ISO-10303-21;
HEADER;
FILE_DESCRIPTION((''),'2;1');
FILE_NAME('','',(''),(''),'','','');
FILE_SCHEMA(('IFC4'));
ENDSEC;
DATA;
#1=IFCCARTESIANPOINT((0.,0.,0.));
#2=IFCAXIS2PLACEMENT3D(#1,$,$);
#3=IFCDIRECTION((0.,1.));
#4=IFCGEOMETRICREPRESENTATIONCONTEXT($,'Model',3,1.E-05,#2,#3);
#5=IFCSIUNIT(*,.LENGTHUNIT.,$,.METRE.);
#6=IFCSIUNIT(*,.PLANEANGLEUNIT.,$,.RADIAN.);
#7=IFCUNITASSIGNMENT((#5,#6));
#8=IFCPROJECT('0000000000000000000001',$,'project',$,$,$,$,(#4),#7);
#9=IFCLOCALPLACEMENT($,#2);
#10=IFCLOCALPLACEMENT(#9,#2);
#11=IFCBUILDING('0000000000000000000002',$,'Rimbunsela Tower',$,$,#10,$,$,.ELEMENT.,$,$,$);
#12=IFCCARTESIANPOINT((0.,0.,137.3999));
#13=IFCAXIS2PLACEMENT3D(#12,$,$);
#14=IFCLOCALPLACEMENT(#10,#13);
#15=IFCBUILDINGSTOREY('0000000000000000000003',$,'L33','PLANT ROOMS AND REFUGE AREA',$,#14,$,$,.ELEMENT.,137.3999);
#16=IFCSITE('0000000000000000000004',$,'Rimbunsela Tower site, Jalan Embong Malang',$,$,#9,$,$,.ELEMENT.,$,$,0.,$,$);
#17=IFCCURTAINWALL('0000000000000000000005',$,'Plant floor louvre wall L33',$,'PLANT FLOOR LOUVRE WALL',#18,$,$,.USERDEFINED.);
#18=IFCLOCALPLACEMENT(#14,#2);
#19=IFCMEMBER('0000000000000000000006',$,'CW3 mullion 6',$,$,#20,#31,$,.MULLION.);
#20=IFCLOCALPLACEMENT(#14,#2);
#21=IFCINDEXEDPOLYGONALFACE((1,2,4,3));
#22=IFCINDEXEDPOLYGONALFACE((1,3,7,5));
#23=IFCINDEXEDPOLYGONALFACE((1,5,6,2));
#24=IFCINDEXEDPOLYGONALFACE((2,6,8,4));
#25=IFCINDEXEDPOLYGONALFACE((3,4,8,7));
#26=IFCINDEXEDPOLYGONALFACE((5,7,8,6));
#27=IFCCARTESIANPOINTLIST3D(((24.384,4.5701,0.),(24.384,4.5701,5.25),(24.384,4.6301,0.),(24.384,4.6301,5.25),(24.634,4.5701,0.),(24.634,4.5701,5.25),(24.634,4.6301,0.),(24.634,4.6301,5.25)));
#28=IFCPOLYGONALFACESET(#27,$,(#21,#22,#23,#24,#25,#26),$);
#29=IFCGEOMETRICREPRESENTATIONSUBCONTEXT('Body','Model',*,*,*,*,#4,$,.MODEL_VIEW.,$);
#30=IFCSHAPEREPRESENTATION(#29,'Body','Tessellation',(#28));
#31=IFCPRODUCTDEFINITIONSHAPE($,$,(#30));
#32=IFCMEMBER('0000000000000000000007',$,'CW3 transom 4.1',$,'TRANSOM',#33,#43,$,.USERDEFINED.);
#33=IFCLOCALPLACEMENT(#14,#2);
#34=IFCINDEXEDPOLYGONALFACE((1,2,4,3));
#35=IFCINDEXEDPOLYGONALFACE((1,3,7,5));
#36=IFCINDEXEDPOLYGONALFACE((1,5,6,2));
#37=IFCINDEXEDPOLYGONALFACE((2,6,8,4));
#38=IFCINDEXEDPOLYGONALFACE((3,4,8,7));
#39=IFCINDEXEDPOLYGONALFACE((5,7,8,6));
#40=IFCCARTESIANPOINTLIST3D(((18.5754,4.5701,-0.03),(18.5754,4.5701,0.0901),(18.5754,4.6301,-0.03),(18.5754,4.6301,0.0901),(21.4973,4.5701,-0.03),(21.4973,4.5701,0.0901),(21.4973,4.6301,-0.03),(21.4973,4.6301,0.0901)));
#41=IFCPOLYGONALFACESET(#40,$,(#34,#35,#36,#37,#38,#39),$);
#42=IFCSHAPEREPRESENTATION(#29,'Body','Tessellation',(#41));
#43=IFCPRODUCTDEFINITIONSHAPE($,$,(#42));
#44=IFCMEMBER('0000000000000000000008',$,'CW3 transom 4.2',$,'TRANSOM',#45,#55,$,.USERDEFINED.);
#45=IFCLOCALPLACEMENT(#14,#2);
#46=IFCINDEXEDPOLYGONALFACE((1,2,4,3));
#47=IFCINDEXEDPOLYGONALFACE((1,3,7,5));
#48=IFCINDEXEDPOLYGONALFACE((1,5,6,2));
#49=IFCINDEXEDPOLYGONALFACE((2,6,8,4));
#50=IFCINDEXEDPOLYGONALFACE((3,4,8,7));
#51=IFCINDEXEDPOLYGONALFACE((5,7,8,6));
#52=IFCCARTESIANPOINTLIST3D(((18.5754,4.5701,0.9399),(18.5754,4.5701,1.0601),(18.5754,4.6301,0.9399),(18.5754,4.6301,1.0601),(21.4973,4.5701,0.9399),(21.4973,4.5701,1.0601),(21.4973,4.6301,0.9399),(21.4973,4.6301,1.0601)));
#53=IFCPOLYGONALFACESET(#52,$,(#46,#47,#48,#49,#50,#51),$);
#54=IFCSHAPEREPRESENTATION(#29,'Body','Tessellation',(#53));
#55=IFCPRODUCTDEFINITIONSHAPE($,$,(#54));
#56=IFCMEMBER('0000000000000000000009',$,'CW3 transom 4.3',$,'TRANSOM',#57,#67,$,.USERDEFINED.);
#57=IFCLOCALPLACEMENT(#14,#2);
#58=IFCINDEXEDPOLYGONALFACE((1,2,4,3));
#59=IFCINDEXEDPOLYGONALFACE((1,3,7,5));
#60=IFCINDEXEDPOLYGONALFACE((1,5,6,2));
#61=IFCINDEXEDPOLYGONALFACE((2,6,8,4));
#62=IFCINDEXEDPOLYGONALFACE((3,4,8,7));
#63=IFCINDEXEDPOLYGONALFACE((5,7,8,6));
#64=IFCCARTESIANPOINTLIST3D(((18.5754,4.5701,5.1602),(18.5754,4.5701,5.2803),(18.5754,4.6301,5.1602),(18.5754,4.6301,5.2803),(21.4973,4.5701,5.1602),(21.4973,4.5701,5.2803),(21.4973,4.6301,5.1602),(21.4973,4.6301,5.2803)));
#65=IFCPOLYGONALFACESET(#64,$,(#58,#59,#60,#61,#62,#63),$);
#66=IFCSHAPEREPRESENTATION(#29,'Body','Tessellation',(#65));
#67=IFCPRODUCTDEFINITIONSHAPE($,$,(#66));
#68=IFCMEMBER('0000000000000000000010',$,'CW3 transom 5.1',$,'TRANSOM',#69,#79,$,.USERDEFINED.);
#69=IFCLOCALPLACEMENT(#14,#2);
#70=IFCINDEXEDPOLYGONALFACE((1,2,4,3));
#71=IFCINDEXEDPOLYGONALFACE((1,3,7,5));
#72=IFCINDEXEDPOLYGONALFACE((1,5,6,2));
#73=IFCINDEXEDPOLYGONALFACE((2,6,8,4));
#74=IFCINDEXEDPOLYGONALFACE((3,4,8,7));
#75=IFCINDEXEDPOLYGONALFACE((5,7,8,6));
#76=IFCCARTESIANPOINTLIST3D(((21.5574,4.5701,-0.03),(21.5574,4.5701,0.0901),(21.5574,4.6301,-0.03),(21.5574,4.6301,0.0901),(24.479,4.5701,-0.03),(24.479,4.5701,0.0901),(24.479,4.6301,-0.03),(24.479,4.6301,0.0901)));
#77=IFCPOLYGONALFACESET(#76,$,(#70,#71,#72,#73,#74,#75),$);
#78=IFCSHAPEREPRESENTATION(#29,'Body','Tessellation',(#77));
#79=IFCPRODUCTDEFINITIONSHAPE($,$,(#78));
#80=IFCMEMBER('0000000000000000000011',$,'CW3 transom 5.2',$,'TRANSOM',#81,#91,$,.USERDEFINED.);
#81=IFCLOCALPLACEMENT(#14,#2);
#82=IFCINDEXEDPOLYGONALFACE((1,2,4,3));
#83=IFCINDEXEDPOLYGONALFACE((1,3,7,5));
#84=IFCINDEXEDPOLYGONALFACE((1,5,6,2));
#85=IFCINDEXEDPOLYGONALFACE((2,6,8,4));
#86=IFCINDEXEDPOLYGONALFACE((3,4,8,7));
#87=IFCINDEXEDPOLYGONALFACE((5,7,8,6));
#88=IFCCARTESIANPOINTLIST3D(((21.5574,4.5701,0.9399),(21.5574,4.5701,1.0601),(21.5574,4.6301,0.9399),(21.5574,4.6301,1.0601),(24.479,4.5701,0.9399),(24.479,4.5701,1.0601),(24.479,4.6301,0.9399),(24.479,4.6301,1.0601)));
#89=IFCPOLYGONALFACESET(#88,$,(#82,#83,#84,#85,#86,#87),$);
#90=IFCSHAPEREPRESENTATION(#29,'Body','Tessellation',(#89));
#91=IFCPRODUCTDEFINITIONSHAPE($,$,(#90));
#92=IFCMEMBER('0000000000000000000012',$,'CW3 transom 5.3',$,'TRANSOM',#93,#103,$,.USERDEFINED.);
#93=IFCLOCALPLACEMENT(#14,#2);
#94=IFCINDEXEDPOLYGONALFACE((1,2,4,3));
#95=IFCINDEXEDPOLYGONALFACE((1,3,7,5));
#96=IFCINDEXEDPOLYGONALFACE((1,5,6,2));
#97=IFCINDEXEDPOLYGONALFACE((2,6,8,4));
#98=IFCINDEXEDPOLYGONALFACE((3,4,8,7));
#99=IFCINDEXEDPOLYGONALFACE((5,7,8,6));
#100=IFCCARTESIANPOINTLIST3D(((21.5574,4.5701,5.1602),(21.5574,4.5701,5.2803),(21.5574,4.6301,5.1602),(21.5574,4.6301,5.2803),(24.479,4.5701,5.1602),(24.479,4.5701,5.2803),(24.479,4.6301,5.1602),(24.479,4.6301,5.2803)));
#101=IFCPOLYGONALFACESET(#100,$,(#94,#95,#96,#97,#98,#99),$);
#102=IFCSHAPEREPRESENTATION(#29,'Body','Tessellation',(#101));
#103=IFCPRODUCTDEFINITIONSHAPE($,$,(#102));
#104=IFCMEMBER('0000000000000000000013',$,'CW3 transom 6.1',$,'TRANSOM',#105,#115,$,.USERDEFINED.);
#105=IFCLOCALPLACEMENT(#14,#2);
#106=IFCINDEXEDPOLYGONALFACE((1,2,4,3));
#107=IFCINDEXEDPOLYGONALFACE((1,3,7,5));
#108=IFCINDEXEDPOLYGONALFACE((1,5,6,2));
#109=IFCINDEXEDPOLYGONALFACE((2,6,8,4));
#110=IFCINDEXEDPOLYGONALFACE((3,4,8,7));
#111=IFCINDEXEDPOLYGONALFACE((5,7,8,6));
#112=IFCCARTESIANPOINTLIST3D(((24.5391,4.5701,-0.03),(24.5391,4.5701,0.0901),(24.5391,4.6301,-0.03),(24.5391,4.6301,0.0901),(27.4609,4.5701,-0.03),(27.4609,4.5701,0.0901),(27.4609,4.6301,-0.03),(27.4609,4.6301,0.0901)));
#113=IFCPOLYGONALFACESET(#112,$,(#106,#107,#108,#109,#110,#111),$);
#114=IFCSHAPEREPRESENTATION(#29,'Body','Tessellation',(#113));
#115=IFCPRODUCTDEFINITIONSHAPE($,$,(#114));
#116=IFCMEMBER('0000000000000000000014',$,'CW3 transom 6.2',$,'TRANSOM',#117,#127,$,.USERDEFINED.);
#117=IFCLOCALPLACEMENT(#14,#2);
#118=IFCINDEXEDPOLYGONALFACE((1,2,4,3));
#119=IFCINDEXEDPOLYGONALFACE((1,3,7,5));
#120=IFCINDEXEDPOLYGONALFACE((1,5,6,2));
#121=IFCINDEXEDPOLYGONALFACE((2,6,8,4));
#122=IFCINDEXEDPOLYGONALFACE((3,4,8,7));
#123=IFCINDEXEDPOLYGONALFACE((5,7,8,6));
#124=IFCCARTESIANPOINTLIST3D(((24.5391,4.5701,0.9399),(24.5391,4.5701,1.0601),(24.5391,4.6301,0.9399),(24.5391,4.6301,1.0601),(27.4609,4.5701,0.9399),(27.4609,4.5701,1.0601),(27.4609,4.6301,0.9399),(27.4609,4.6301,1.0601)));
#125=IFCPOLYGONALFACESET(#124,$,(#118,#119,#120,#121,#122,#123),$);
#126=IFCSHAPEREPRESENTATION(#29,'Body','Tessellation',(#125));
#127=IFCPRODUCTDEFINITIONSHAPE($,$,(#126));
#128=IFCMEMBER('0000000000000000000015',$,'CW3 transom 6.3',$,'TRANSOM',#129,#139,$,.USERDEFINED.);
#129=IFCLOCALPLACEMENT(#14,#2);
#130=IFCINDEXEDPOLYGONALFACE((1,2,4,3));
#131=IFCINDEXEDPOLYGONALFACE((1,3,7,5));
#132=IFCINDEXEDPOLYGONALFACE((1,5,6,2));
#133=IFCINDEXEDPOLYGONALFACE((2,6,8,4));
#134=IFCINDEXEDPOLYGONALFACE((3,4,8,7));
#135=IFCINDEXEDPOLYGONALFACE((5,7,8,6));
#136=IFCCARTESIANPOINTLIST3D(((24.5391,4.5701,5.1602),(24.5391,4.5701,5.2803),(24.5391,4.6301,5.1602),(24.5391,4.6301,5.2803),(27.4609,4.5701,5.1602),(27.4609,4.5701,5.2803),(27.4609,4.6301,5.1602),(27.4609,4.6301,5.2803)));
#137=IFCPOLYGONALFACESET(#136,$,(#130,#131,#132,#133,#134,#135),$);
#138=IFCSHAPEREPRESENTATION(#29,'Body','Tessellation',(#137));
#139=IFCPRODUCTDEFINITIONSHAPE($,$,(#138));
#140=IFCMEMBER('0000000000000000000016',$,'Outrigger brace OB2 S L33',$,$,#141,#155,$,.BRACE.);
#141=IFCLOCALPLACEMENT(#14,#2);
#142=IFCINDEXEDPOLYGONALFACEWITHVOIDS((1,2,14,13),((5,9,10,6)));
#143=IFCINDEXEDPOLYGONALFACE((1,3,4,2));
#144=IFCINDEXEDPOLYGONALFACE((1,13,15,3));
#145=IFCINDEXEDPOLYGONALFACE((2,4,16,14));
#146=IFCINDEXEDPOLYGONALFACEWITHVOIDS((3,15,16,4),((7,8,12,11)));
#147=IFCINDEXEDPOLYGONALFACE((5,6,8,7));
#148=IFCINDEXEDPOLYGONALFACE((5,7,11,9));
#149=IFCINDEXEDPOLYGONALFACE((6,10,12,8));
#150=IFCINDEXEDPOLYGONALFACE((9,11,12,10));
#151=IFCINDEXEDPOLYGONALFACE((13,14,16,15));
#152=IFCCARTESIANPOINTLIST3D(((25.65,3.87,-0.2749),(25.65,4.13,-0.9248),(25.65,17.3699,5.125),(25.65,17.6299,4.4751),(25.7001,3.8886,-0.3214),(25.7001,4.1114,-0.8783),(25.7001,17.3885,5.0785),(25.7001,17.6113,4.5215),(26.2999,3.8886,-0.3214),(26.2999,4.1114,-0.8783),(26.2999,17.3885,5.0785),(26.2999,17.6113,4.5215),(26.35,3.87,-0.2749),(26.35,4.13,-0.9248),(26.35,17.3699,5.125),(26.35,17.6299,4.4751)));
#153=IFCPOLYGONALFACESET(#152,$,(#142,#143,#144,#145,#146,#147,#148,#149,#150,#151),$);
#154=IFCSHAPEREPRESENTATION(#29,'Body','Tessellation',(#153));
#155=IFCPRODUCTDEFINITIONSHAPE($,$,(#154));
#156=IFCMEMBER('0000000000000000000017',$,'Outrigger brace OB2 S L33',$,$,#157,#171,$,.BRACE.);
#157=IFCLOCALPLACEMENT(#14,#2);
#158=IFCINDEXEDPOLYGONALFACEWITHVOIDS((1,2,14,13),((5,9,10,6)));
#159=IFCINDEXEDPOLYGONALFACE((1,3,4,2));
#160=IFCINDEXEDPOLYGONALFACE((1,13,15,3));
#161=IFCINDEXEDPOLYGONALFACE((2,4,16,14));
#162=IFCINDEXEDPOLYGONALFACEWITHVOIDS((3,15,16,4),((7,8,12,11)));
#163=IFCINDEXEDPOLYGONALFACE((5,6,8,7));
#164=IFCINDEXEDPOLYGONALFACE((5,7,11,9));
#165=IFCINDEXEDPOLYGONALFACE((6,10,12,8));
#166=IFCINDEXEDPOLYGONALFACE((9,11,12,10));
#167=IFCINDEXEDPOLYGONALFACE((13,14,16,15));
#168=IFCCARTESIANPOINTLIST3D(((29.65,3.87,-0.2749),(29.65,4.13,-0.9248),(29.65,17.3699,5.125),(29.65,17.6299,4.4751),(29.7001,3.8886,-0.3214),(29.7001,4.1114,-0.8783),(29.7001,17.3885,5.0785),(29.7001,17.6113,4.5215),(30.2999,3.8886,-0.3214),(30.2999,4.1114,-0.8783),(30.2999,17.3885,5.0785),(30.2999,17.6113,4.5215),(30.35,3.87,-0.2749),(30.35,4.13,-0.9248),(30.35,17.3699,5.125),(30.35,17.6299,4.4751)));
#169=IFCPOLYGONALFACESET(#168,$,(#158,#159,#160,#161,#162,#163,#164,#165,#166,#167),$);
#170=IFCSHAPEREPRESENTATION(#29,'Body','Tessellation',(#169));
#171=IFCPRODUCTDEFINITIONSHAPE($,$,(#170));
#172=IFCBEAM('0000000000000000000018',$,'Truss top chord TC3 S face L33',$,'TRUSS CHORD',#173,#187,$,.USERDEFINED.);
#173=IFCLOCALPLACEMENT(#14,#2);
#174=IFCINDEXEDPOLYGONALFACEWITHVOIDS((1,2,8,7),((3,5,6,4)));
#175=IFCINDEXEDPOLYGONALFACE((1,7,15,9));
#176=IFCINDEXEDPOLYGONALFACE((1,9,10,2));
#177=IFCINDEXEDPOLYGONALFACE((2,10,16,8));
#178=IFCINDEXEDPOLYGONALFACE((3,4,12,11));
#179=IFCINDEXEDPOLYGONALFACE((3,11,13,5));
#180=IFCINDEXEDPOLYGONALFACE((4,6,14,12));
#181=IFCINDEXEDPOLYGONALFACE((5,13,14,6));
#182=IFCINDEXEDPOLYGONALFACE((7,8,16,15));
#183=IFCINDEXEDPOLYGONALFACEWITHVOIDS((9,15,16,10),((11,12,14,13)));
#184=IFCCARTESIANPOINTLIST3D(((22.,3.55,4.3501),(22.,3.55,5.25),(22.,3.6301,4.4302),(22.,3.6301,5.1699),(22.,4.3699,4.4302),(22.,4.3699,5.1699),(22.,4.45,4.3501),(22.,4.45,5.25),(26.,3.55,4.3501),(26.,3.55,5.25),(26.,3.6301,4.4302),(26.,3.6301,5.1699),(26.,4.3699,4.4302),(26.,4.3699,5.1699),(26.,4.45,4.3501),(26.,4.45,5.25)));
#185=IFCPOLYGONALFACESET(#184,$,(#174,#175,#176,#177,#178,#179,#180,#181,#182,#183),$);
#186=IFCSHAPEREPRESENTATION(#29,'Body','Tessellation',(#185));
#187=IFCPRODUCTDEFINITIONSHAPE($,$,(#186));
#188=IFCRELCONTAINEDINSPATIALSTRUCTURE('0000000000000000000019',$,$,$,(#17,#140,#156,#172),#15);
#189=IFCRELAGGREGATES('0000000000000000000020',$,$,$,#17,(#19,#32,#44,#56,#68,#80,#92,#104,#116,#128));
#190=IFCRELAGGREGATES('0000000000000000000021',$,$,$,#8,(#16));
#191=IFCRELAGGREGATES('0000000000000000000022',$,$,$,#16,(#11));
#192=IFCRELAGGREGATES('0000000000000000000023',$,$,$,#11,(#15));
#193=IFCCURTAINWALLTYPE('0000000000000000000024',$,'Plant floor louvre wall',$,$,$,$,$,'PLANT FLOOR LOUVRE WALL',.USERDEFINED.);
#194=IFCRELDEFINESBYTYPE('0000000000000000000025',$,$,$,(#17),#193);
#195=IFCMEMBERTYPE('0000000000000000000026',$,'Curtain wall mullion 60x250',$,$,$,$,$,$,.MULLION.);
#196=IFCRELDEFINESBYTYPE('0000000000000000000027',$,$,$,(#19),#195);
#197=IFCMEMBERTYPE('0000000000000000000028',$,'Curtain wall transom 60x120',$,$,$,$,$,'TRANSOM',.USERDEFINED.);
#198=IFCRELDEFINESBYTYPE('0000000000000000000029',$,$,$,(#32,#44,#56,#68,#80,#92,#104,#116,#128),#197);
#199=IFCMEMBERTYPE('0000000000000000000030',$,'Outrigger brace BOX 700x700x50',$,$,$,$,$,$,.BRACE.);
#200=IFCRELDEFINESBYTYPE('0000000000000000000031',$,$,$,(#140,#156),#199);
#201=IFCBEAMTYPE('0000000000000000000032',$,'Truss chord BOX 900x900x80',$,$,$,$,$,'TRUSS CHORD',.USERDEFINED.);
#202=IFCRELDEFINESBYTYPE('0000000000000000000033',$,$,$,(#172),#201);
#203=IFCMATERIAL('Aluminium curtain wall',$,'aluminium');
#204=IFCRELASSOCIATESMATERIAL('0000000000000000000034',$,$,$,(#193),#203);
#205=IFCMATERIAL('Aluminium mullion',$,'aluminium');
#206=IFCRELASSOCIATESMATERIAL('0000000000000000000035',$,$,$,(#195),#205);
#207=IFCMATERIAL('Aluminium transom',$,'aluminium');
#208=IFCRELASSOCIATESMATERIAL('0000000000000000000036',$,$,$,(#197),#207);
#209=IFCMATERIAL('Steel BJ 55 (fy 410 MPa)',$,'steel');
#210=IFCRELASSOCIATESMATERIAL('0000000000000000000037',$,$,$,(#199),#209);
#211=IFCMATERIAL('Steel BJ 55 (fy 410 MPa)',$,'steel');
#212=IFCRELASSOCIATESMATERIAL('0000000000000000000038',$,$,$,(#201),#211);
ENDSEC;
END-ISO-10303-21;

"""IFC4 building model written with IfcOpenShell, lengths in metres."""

from ifc_helpers import new_model, si_unit, direction, frame, origin, origin_2d, place, context, subcontext, project, spatial, rectangle, hollow_rectangle, extrude, material, material_profile, profile_set, type_object, element, aggregate, save


model = new_model("IFC4")

# Units and contexts
model_context = context("Model", 3, precision=1e-05, world=origin(), true_north=direction((0.0, 1.0)))
body_context = subcontext(model_context, "Body", "Model", "MODEL_VIEW")
ifc_project = project(units=[si_unit("LENGTHUNIT", "METRE"), si_unit("PLANEANGLEUNIT", "RADIAN")], contexts=[model_context])

# Site, building, storey
site_placement = place(None, origin())
site = spatial("IfcSite", under=ifc_project, at=site_placement, Name="Rimbunsela Tower site, Jalan Embong Malang", CompositionType="ELEMENT", RefElevation=0.0)
building_placement = place(site_placement, origin())
building = spatial("IfcBuilding", under=site, at=building_placement, Name="Rimbunsela Tower", CompositionType="ELEMENT")
storey_placement = place(building_placement, frame((0.0, 0.0, 137.3999)))
storey = spatial("IfcBuildingStorey", under=building, at=storey_placement, Name="L33", Description="PLANT ROOMS AND REFUGE AREA", CompositionType="ELEMENT", Elevation=137.3999)

# Curtain wall, members
ifc_material_1 = material(Name="Aluminium curtain wall", Category="aluminium")
curtain_wall_type = type_object("IfcCurtainWallType", Name="Plant floor louvre wall", ElementType="PLANT FLOOR LOUVRE WALL", PredefinedType="USERDEFINED", material=ifc_material_1)
curtain_wall_placement = place(storey_placement, origin())
curtain_wall = element("IfcCurtainWall", 1, at=curtain_wall_placement, inside=storey, type_object=curtain_wall_type, Name="Plant floor louvre wall L33", ObjectType="PLANT FLOOR LOUVRE WALL", PredefinedType="USERDEFINED")
ifc_material_2 = material(Name="Aluminium mullion", Category="aluminium")
ifc_material_profile_1 = material_profile(ifc_material_2, rectangle(XDim=0.0601, YDim=0.25, at=origin_2d()), Name="Mullion 60x250")
ifc_profile_set_1 = profile_set([ifc_material_profile_1], Name="Aluminium mullion")
member_type_1 = type_object("IfcMemberType", Name="Curtain wall mullion 60x250", PredefinedType="MULLION", material=ifc_profile_set_1)
member_1_placement = place(storey_placement, frame((24.509, 4.6001, 0.0), z_axis=(0.0, 0.0, 1.0), x_axis=(0.0, 1.0, 0.0)))
member_1 = element("IfcMember", 2, at=member_1_placement, type_object=member_type_1, Name="CW3 mullion 6", PredefinedType="MULLION", context=body_context, shape_type="SweptSolid", body=[
    extrude(rectangle(XDim=0.0601, YDim=0.25, at=origin_2d()), origin(), (0.0, 0.0, 1.0), 5.25),
])
ifc_material_3 = material(Name="Aluminium transom", Category="aluminium")
ifc_material_profile_2 = material_profile(ifc_material_3, rectangle(XDim=0.0601, YDim=0.1201, at=origin_2d()), Name="Transom 60x120")
ifc_profile_set_2 = profile_set([ifc_material_profile_2], Name="Aluminium transom")
member_type_2 = type_object("IfcMemberType", Name="Curtain wall transom 60x120", ElementType="TRANSOM", PredefinedType="USERDEFINED", material=ifc_profile_set_2)
member_2_placement = place(storey_placement, frame((18.5754, 4.6001, 0.03), z_axis=(1.0, 0.0, 0.0), x_axis=(0.0, 1.0, 0.0)))
member_2 = element("IfcMember", 3, at=member_2_placement, type_object=member_type_2, Name="CW3 transom 4.1", ObjectType="TRANSOM", PredefinedType="USERDEFINED", context=body_context, shape_type="SweptSolid", body=[
    extrude(rectangle(XDim=0.0601, YDim=0.1201, at=origin_2d()), origin(), (0.0, 0.0, 1.0), 2.9219),
])
member_3_placement = place(storey_placement, frame((18.5754, 4.6001, 1.0), z_axis=(1.0, 0.0, 0.0), x_axis=(0.0, 1.0, 0.0)))
member_3 = element("IfcMember", 4, at=member_3_placement, type_object=member_type_2, Name="CW3 transom 4.2", ObjectType="TRANSOM", PredefinedType="USERDEFINED", context=body_context, shape_type="SweptSolid", body=[
    extrude(rectangle(XDim=0.0601, YDim=0.1201, at=origin_2d()), origin(), (0.0, 0.0, 1.0), 2.9219),
])
member_4_placement = place(storey_placement, frame((18.5754, 4.6001, 5.2202), z_axis=(1.0, 0.0, 0.0), x_axis=(0.0, 1.0, 0.0)))
member_4 = element("IfcMember", 5, at=member_4_placement, type_object=member_type_2, Name="CW3 transom 4.3", ObjectType="TRANSOM", PredefinedType="USERDEFINED", context=body_context, shape_type="SweptSolid", body=[
    extrude(rectangle(XDim=0.0601, YDim=0.1201, at=origin_2d()), origin(), (0.0, 0.0, 1.0), 2.9219),
])
member_5_placement = place(storey_placement, frame((21.5574, 4.6001, 0.03), z_axis=(1.0, 0.0, 0.0), x_axis=(0.0, 1.0, 0.0)))
member_5 = element("IfcMember", 6, at=member_5_placement, type_object=member_type_2, Name="CW3 transom 5.1", ObjectType="TRANSOM", PredefinedType="USERDEFINED", context=body_context, shape_type="SweptSolid", body=[
    extrude(rectangle(XDim=0.0601, YDim=0.1201, at=origin_2d()), origin(), (0.0, 0.0, 1.0), 2.9216),
])
member_6_placement = place(storey_placement, frame((21.5574, 4.6001, 1.0), z_axis=(1.0, 0.0, 0.0), x_axis=(0.0, 1.0, 0.0)))
member_6 = element("IfcMember", 7, at=member_6_placement, type_object=member_type_2, Name="CW3 transom 5.2", ObjectType="TRANSOM", PredefinedType="USERDEFINED", context=body_context, shape_type="SweptSolid", body=[
    extrude(rectangle(XDim=0.0601, YDim=0.1201, at=origin_2d()), origin(), (0.0, 0.0, 1.0), 2.9216),
])
member_7_placement = place(storey_placement, frame((21.5574, 4.6001, 5.2202), z_axis=(1.0, 0.0, 0.0), x_axis=(0.0, 1.0, 0.0)))
member_7 = element("IfcMember", 8, at=member_7_placement, type_object=member_type_2, Name="CW3 transom 5.3", ObjectType="TRANSOM", PredefinedType="USERDEFINED", context=body_context, shape_type="SweptSolid", body=[
    extrude(rectangle(XDim=0.0601, YDim=0.1201, at=origin_2d()), origin(), (0.0, 0.0, 1.0), 2.9216),
])
member_8_placement = place(storey_placement, frame((24.5391, 4.6001, 0.03), z_axis=(1.0, 0.0, 0.0), x_axis=(0.0, 1.0, 0.0)))
member_8 = element("IfcMember", 9, at=member_8_placement, type_object=member_type_2, Name="CW3 transom 6.1", ObjectType="TRANSOM", PredefinedType="USERDEFINED", context=body_context, shape_type="SweptSolid", body=[
    extrude(rectangle(XDim=0.0601, YDim=0.1201, at=origin_2d()), origin(), (0.0, 0.0, 1.0), 2.9219),
])
member_9_placement = place(storey_placement, frame((24.5391, 4.6001, 1.0), z_axis=(1.0, 0.0, 0.0), x_axis=(0.0, 1.0, 0.0)))
member_9 = element("IfcMember", 10, at=member_9_placement, type_object=member_type_2, Name="CW3 transom 6.2", ObjectType="TRANSOM", PredefinedType="USERDEFINED", context=body_context, shape_type="SweptSolid", body=[
    extrude(rectangle(XDim=0.0601, YDim=0.1201, at=origin_2d()), origin(), (0.0, 0.0, 1.0), 2.9219),
])
member_10_placement = place(storey_placement, frame((24.5391, 4.6001, 5.2202), z_axis=(1.0, 0.0, 0.0), x_axis=(0.0, 1.0, 0.0)))
member_10 = element("IfcMember", 11, at=member_10_placement, type_object=member_type_2, Name="CW3 transom 6.3", ObjectType="TRANSOM", PredefinedType="USERDEFINED", context=body_context, shape_type="SweptSolid", body=[
    extrude(rectangle(XDim=0.0601, YDim=0.1201, at=origin_2d()), origin(), (0.0, 0.0, 1.0), 2.9219),
])

# Members
ifc_material_4 = material(Name="Steel BJ 55 (fy 410 MPa)", Category="steel")
ifc_material_profile_3 = material_profile(ifc_material_4, hollow_rectangle(XDim=0.7, YDim=0.7, WallThickness=0.05, at=origin_2d()), Name="BOX 700x700x50")
ifc_profile_set_3 = profile_set([ifc_material_profile_3], Name="Steel BJ 55 (fy 410 MPa)")
member_type_3 = type_object("IfcMemberType", Name="Outrigger brace BOX 700x700x50", PredefinedType="BRACE", material=ifc_profile_set_3)
for number, where, z_axis, x_axis, name in (
    (12, (26.0, 4.0, -0.5999), (0.0, 0.928479, 0.371385), (-1.0, 0.0, 0.0), "Outrigger brace OB2 S L33"),
    (13, (30.0, 4.0, -0.5999), (0.0, 0.928479, 0.371385), (-1.0, 0.0, 0.0), "Outrigger brace OB2 S L33"),
):
    element("IfcMember", number, at=place(storey_placement, frame(where, z_axis=z_axis, x_axis=x_axis)), inside=storey, type_object=member_type_3, Name=name, PredefinedType="BRACE", context=body_context, shape_type="SweptSolid", body=[
        extrude(hollow_rectangle(XDim=0.7, YDim=0.7, WallThickness=0.05, at=origin_2d()), origin(), (0.0, 0.0, 1.0), 14.5398),
    ])

# Beam
ifc_material_5 = material(Name="Steel BJ 55 (fy 410 MPa)", Category="steel")
ifc_material_profile_4 = material_profile(ifc_material_5, hollow_rectangle(XDim=0.8999, YDim=0.8999, WallThickness=0.0801, at=origin_2d()), Name="BOX 900x900x80")
ifc_profile_set_4 = profile_set([ifc_material_profile_4], Name="Steel BJ 55 (fy 410 MPa)")
beam_type_1 = type_object("IfcBeamType", Name="Truss chord BOX 900x900x80", ElementType="TRUSS CHORD", PredefinedType="USERDEFINED", material=ifc_profile_set_4)
for number, where, z_axis, x_axis, name in (
    (14, (22.0, 4.0, 4.8), (1.0, 0.0, 0.0), (0.0, 1.0, 0.0), "Truss top chord TC3 S face L33"),
):
    element("IfcBeam", number, at=place(storey_placement, frame(where, z_axis=z_axis, x_axis=x_axis)), inside=storey, type_object=beam_type_1, Name=name, ObjectType="TRUSS CHORD", PredefinedType="USERDEFINED", context=body_context, shape_type="SweptSolid", body=[
        extrude(hollow_rectangle(XDim=0.8999, YDim=0.8999, WallThickness=0.0801, at=origin_2d()), origin(), (0.0, 0.0, 1.0), 4.0),
    ])

aggregate(curtain_wall, [member_1, member_2, member_3, member_4, member_5, member_6, member_7, member_8, member_9, member_10])

save(model, "model.ifc")
